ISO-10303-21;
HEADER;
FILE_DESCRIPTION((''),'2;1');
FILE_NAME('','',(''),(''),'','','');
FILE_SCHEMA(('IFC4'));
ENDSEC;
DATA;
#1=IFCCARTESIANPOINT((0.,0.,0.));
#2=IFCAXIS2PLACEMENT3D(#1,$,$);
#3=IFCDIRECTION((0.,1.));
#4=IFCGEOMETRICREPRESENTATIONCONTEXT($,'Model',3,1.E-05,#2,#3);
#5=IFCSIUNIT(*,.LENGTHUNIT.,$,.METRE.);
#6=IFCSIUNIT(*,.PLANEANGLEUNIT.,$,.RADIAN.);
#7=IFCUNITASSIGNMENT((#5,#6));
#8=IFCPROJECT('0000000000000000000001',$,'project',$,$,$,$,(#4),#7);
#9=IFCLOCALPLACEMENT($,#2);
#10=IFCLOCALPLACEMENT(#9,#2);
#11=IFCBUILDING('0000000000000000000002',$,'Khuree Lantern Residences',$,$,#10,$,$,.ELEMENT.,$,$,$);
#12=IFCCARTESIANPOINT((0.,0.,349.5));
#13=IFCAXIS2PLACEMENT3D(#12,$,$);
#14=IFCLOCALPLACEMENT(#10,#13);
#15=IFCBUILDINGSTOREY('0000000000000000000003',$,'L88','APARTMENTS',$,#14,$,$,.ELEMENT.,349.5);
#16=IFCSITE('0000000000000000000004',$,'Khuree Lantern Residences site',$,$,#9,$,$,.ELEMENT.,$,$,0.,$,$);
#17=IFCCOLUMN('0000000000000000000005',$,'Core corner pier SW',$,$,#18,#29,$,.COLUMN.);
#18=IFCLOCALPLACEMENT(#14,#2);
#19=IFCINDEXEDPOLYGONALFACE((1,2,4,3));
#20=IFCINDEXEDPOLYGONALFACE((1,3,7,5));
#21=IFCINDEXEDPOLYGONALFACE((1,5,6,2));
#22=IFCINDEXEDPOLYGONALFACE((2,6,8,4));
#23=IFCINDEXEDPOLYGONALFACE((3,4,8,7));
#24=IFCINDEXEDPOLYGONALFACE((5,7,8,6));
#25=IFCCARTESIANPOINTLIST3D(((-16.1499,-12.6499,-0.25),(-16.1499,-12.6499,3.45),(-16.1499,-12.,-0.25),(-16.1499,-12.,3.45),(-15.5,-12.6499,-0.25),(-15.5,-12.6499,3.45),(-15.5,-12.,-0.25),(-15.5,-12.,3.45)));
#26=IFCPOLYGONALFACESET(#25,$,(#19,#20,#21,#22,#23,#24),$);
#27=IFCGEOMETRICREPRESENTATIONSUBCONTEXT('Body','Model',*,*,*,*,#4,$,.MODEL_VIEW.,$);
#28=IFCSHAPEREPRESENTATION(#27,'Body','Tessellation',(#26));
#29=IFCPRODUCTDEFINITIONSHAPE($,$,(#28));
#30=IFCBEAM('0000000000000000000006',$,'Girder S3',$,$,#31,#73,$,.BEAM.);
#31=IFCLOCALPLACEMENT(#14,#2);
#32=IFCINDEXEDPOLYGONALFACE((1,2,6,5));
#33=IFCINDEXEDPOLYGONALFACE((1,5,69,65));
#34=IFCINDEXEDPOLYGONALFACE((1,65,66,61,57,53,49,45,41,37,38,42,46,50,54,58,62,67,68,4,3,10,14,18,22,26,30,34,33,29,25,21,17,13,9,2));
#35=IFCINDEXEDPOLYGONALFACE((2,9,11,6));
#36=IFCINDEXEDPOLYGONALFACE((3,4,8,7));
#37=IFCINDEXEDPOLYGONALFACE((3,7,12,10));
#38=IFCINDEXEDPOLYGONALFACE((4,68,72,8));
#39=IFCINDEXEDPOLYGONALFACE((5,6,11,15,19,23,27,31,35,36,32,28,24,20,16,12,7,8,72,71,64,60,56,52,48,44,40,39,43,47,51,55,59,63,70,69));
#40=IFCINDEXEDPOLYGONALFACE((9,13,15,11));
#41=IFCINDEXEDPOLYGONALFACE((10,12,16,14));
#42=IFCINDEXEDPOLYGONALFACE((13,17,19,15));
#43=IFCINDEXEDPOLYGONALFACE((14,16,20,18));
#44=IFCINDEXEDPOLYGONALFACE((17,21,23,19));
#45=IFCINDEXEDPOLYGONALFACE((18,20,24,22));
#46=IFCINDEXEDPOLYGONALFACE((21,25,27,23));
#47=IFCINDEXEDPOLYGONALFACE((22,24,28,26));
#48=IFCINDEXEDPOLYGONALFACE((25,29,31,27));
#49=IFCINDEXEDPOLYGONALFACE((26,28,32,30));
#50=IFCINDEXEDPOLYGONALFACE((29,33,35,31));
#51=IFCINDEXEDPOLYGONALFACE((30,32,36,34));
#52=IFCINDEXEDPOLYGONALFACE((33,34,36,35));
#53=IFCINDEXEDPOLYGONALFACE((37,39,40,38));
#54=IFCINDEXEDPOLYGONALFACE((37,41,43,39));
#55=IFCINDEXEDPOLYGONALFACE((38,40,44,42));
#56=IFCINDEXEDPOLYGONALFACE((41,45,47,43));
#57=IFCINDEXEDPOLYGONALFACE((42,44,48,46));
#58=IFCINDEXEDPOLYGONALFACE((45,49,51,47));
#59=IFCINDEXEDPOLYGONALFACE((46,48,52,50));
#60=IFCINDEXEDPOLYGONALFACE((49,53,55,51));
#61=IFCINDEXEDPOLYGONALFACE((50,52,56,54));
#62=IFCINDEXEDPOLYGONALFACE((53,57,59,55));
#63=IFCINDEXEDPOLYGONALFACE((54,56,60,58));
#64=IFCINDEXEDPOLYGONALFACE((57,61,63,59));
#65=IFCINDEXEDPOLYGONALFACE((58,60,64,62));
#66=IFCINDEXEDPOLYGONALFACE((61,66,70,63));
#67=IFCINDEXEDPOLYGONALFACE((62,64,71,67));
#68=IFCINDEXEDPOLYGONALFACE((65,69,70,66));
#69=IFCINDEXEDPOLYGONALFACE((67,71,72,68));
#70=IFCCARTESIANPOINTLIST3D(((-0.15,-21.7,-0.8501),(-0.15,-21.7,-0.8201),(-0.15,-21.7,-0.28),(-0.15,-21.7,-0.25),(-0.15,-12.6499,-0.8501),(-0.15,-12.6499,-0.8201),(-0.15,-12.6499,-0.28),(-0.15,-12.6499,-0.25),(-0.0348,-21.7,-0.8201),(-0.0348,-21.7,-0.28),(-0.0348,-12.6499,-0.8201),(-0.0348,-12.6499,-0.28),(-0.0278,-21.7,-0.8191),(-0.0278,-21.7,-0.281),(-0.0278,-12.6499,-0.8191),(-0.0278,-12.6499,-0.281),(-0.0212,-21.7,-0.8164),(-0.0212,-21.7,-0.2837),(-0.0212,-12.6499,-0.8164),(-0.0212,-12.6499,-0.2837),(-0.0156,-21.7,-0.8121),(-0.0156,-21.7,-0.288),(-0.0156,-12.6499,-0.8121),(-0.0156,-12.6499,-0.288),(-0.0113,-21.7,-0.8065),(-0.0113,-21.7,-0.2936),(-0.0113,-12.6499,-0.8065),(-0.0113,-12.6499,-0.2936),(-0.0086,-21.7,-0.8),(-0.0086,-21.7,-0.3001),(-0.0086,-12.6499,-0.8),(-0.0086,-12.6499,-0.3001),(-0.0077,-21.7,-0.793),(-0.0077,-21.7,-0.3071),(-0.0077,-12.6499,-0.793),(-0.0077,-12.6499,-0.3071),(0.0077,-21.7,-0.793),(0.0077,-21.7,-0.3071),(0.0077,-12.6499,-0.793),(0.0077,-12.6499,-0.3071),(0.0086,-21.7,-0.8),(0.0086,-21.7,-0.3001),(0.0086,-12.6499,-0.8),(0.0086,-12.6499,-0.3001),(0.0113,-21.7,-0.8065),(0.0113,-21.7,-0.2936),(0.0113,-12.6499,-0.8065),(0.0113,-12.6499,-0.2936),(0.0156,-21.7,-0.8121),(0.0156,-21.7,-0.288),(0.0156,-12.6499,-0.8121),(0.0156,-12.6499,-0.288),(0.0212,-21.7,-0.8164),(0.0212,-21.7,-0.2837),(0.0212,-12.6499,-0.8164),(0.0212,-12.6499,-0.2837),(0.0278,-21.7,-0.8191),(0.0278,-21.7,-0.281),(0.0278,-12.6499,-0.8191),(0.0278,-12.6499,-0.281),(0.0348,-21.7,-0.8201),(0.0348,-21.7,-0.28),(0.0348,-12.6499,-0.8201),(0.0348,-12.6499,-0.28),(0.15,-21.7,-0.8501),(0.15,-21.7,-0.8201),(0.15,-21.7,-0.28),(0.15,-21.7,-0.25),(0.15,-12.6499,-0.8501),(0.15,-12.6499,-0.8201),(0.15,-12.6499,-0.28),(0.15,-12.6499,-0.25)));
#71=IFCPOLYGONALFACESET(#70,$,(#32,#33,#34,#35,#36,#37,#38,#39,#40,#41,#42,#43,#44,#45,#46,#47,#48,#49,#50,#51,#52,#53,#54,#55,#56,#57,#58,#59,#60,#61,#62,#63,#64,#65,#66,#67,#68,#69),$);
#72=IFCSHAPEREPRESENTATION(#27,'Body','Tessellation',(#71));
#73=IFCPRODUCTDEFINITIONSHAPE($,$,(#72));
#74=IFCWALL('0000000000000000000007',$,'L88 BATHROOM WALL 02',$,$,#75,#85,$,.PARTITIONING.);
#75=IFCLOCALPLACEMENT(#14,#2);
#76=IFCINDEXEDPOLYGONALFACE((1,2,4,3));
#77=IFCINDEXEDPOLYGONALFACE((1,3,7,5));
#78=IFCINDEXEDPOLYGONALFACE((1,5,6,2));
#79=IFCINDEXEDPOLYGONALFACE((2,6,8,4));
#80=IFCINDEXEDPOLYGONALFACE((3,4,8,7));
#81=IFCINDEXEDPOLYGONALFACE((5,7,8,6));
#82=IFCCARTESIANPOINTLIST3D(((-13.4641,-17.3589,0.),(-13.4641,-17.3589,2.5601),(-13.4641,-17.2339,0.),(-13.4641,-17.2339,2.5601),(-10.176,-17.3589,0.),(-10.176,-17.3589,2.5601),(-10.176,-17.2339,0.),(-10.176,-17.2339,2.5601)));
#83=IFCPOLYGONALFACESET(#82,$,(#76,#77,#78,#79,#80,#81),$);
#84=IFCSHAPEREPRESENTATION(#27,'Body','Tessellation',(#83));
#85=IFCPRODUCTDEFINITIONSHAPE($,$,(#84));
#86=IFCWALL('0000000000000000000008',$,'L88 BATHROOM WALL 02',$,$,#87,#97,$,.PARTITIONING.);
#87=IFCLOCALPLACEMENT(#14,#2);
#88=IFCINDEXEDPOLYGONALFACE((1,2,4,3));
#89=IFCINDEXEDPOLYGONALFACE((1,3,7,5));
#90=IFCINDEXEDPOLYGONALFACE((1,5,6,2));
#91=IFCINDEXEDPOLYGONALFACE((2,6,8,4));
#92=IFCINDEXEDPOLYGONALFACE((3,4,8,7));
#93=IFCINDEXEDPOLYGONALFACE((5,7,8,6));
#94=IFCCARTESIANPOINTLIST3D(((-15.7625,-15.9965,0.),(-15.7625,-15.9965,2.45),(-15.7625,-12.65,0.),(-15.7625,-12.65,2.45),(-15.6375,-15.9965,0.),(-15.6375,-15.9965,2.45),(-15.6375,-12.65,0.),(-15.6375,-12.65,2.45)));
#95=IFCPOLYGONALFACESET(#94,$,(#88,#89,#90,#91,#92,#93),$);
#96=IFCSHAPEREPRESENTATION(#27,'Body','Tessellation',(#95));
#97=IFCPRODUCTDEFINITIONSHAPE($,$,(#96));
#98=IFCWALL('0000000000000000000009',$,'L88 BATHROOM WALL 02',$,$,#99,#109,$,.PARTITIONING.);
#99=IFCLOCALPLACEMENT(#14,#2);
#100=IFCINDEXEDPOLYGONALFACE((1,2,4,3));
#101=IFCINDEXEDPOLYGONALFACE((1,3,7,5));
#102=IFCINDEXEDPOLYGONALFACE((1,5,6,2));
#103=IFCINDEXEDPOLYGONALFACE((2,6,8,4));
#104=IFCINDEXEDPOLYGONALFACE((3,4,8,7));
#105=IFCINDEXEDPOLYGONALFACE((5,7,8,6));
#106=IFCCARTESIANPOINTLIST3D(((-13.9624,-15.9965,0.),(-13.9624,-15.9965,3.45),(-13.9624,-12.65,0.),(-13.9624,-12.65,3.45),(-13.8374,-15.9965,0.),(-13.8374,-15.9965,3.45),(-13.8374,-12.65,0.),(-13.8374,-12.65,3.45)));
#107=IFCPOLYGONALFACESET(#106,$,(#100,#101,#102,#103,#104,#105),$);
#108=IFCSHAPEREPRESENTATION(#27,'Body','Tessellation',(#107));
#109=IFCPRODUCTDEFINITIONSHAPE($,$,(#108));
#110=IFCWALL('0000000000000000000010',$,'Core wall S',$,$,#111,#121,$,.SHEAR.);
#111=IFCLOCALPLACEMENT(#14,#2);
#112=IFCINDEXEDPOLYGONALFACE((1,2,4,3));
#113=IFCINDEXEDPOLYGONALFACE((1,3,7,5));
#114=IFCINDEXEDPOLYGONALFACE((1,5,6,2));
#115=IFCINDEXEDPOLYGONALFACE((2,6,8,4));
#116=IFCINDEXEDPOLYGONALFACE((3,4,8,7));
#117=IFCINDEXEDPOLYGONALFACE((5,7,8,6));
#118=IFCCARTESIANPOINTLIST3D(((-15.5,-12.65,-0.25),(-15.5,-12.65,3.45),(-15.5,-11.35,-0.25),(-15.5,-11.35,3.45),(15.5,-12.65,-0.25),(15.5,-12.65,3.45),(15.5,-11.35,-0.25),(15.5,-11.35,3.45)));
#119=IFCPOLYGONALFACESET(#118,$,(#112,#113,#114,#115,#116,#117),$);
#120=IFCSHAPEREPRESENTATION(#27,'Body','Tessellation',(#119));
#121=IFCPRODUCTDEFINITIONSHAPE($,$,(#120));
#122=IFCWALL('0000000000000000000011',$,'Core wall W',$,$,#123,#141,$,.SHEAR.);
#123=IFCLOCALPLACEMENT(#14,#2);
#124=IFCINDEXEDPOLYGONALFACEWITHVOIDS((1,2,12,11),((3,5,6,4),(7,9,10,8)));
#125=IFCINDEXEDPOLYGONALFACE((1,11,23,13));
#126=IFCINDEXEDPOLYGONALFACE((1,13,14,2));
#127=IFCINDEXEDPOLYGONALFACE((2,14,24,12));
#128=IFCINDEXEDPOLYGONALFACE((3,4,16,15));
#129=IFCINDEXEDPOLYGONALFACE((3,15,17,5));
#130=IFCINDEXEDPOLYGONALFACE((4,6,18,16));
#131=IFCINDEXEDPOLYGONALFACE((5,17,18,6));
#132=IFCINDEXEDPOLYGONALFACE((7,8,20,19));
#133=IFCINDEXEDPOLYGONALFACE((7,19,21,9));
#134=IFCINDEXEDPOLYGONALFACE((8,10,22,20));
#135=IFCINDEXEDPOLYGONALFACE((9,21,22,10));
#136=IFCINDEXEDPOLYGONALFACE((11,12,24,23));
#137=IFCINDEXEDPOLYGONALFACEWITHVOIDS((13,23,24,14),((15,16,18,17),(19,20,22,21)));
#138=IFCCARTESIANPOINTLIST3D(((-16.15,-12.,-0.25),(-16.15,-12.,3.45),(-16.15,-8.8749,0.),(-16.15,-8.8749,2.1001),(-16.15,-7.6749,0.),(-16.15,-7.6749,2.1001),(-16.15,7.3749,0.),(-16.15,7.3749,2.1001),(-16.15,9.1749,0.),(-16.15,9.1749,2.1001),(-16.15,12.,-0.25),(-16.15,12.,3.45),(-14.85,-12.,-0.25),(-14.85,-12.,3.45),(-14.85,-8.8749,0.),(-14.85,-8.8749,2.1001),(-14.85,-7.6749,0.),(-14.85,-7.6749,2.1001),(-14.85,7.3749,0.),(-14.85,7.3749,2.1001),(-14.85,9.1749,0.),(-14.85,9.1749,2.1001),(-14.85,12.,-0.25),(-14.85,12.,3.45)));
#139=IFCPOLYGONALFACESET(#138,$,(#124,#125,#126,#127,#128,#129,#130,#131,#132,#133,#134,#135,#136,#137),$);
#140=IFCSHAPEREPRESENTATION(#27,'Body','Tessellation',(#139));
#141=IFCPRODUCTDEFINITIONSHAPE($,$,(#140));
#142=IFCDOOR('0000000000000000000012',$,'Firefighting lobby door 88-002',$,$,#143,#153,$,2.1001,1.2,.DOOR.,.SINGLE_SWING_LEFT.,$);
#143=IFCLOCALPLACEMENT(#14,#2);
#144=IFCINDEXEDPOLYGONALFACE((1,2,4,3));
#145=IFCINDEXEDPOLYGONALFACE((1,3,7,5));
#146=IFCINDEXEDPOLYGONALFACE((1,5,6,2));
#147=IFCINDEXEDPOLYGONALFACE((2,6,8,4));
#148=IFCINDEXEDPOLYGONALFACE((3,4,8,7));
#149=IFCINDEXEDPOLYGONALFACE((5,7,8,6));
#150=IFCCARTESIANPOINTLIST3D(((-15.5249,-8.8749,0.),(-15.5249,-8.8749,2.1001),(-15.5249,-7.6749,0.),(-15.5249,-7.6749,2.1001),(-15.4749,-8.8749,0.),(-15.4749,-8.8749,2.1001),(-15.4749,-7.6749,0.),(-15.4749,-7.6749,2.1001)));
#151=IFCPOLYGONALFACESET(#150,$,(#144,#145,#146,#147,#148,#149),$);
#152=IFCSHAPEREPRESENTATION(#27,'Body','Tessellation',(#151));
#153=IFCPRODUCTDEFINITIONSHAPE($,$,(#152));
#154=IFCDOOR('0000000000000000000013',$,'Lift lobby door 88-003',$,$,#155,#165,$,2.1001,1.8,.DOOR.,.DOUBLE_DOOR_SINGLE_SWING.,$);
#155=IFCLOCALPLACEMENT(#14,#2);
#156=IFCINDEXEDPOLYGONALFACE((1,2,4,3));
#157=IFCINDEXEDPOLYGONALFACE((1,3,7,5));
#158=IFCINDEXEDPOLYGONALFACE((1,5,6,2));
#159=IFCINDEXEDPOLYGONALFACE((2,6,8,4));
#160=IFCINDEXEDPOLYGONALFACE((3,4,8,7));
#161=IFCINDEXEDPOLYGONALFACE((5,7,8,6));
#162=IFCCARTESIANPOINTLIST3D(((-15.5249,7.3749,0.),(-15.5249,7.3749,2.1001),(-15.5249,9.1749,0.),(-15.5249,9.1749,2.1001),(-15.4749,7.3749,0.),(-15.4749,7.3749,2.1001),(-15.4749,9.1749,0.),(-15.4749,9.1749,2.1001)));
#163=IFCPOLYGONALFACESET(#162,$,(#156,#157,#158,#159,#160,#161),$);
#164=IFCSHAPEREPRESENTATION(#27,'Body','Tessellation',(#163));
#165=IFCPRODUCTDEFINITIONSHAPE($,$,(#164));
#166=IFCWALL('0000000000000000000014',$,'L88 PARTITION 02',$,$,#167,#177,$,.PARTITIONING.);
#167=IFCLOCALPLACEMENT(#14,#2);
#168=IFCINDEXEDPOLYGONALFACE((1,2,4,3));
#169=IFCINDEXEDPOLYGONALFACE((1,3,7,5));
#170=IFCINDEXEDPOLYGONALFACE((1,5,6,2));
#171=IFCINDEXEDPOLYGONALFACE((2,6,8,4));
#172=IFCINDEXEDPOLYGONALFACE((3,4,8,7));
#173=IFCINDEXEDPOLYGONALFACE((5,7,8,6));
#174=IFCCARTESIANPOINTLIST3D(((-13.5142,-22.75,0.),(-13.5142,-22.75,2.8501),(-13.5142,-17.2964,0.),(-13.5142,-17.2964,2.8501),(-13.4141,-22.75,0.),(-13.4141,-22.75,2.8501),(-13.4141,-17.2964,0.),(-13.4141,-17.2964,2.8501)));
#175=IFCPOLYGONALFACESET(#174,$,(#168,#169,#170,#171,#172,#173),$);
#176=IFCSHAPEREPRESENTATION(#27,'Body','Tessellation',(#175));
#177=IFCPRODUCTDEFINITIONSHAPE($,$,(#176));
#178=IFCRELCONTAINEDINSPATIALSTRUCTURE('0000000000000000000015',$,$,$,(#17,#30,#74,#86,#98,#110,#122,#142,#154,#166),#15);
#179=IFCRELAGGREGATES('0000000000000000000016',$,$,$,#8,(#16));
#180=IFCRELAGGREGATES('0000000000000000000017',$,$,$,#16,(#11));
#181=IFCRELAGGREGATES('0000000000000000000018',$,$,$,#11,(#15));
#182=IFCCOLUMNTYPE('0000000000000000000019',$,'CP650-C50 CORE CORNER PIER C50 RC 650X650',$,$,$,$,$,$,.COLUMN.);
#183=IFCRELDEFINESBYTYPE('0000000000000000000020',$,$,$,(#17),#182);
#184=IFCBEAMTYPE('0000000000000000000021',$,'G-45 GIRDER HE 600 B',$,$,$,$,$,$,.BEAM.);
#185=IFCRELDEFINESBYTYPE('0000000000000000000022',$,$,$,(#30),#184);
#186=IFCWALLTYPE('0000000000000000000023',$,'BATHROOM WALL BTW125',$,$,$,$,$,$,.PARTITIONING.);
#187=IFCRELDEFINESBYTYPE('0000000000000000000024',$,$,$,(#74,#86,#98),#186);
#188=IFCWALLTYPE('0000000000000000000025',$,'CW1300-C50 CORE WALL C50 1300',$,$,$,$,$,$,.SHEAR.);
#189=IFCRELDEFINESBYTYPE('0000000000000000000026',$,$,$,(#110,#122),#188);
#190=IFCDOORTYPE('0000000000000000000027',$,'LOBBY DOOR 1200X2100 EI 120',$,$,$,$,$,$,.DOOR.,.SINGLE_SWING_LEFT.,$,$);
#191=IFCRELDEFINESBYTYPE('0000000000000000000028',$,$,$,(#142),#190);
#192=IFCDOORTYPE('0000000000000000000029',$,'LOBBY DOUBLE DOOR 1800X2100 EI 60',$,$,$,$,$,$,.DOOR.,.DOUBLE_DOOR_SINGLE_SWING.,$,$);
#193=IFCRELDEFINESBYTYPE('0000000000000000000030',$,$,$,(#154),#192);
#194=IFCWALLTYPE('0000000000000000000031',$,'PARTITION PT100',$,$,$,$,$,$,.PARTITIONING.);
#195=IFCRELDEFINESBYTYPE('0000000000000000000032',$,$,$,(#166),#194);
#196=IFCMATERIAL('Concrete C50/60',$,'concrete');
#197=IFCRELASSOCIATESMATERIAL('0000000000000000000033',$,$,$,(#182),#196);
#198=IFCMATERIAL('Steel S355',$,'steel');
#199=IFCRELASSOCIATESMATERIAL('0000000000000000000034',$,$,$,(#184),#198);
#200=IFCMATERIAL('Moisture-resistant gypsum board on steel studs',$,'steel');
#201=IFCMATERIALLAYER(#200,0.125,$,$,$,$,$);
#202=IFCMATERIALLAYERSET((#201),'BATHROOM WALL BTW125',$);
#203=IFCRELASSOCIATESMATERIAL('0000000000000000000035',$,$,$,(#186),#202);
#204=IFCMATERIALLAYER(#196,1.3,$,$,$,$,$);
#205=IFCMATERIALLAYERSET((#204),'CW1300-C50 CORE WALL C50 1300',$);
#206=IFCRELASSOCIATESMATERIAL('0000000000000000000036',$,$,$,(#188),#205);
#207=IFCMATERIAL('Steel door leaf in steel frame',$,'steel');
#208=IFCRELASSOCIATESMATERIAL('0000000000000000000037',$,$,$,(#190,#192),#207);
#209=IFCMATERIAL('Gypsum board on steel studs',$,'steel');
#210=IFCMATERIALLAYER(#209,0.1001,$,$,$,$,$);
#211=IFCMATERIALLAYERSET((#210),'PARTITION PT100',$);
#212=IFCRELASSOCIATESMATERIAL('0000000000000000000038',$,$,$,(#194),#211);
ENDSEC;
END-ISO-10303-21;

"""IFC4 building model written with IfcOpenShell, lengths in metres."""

from ifc_helpers import new_model, si_unit, direction, frame, frame_2d, origin, origin_2d, place, context, subcontext, project, spatial, rectangle, i_section, extrude, material, layer, layer_set, material_profile, profile_set, type_object, element, fill, save


model = new_model("IFC4")

# Units and contexts
model_context = context("Model", 3, precision=1e-05, world=origin(), true_north=direction((0.0, 1.0)))
body_context = subcontext(model_context, "Body", "Model", "MODEL_VIEW")
ifc_project = project(units=[si_unit("LENGTHUNIT", "METRE"), si_unit("PLANEANGLEUNIT", "RADIAN")], contexts=[model_context])

# Site, building, storey
site_placement = place(None, origin())
site = spatial("IfcSite", under=ifc_project, at=site_placement, Name="Khuree Lantern Residences site", CompositionType="ELEMENT", RefElevation=0.0)
building_placement = place(site_placement, origin())
building = spatial("IfcBuilding", under=site, at=building_placement, Name="Khuree Lantern Residences", CompositionType="ELEMENT")
storey_placement = place(building_placement, frame((0.0, 0.0, 349.5)))
storey = spatial("IfcBuildingStorey", under=building, at=storey_placement, Name="L88", Description="APARTMENTS", CompositionType="ELEMENT", Elevation=349.5)

# Column
ifc_material_1 = material(Name="Concrete C50/60", Category="concrete")
ifc_material_profile_1 = material_profile(ifc_material_1, rectangle(XDim=0.6499, YDim=0.6499, at=origin_2d()), Name="RC 650X650")
ifc_profile_set_1 = profile_set([ifc_material_profile_1], Name="Concrete C50/60")
column_type = type_object("IfcColumnType", Name="CP650-C50 CORE CORNER PIER C50 RC 650X650", PredefinedType="COLUMN", material=ifc_profile_set_1)
column_placement = place(storey_placement, frame((-15.825, -12.325, -0.25), z_axis=(0.0, 0.0, 1.0), x_axis=(1.0, 0.0, 0.0)))
element("IfcColumn", 1, at=column_placement, inside=storey, type_object=column_type, Name="Core corner pier SW", PredefinedType="COLUMN", context=body_context, shape_type="SweptSolid", body=[
    extrude(rectangle(XDim=0.6499, YDim=0.6499, at=origin_2d()), origin(), (0.0, 0.0, 1.0), 3.7),
])

# Beam
ifc_material_2 = material(Name="Steel S355", Category="steel")
ifc_material_profile_2 = material_profile(ifc_material_2, i_section(OverallWidth=0.3, OverallDepth=0.6001, WebThickness=0.0154, FlangeThickness=0.03, FilletRadius=0.0271, at=origin_2d()), Name="HE 600 B")
ifc_profile_set_2 = profile_set([ifc_material_profile_2], Name="Steel S355")
beam_type = type_object("IfcBeamType", Name="G-45 GIRDER HE 600 B", PredefinedType="BEAM", material=ifc_profile_set_2)
beam_placement = place(storey_placement, frame((0.0, -21.7, -0.55), z_axis=(0.0, 1.0, 0.0), x_axis=(-1.0, 0.0, 0.0)))
element("IfcBeam", 2, at=beam_placement, inside=storey, type_object=beam_type, Name="Girder S3", PredefinedType="BEAM", context=body_context, shape_type="SweptSolid", body=[
    extrude(i_section(OverallWidth=0.3, OverallDepth=0.6001, WebThickness=0.0154, FlangeThickness=0.03, FilletRadius=0.0271, at=origin_2d()), origin(), (0.0, 0.0, 1.0), 9.05),
])

# Walls
ifc_material_3 = material(Name="Moisture-resistant gypsum board on steel studs", Category="steel")
ifc_layer_1 = layer(ifc_material_3, 0.125)
ifc_layer_set_1 = layer_set([ifc_layer_1], Name="BATHROOM WALL BTW125")
wall_type_1 = type_object("IfcWallType", Name="BATHROOM WALL BTW125", PredefinedType="PARTITIONING", material=ifc_layer_set_1)
wall_1_placement = place(storey_placement, frame((-13.4641, -17.2964, 0.0), z_axis=(0.0, 0.0, 1.0), x_axis=(1.0, 0.0, 0.0)))
element("IfcWall", 3, at=wall_1_placement, inside=storey, type_object=wall_type_1, Name="L88 BATHROOM WALL 02", PredefinedType="PARTITIONING", context=body_context, shape_type="SweptSolid", body=[
    extrude(rectangle(XDim=3.2881, YDim=0.125, at=frame_2d((1.644, 0.0))), origin(), (0.0, 0.0, 1.0), 2.5601),
])
wall_2_placement = place(storey_placement, frame((-15.7, -12.6499, 0.0), z_axis=(0.0, 0.0, 1.0), x_axis=(0.0, -1.0, 0.0)))
element("IfcWall", 4, at=wall_2_placement, inside=storey, type_object=wall_type_1, Name="L88 BATHROOM WALL 02", PredefinedType="PARTITIONING", context=body_context, shape_type="SweptSolid", body=[
    extrude(rectangle(XDim=3.3464, YDim=0.125, at=frame_2d((1.6733, 0.0))), origin(), (0.0, 0.0, 1.0), 2.45),
])
wall_3_placement = place(storey_placement, frame((-13.8999, -12.6499, 0.0), z_axis=(0.0, 0.0, 1.0), x_axis=(0.0, -1.0, 0.0)))
element("IfcWall", 5, at=wall_3_placement, inside=storey, type_object=wall_type_1, Name="L88 BATHROOM WALL 02", PredefinedType="PARTITIONING", context=body_context, shape_type="SweptSolid", body=[
    extrude(rectangle(XDim=3.3464, YDim=0.125, at=frame_2d((1.6733, 0.0))), origin(), (0.0, 0.0, 1.0), 3.45),
])
ifc_layer_2 = layer(ifc_material_1, 1.3)
ifc_layer_set_2 = layer_set([ifc_layer_2], Name="CW1300-C50 CORE WALL C50 1300")
wall_type_2 = type_object("IfcWallType", Name="CW1300-C50 CORE WALL C50 1300", PredefinedType="SHEAR", material=ifc_layer_set_2)
wall_4_placement = place(storey_placement, frame((-15.5, -12.0, -0.25), z_axis=(0.0, 0.0, 1.0), x_axis=(1.0, 0.0, 0.0)))
element("IfcWall", 6, at=wall_4_placement, inside=storey, type_object=wall_type_2, Name="Core wall S", PredefinedType="SHEAR", context=body_context, shape_type="SweptSolid", body=[
    extrude(rectangle(XDim=31.0, YDim=1.3, at=frame_2d((15.5, 0.0))), origin(), (0.0, 0.0, 1.0), 3.7),
])

# Wall, openings, doors
wall_5_placement = place(storey_placement, frame((-15.5, -12.0, -0.25), z_axis=(0.0, 0.0, 1.0), x_axis=(0.0, 1.0, 0.0)))
wall_5 = element("IfcWall", 7, at=wall_5_placement, inside=storey, type_object=wall_type_2, Name="Core wall W", PredefinedType="SHEAR", context=body_context, shape_type="SweptSolid", body=[
    extrude(rectangle(XDim=24.0, YDim=1.3, at=frame_2d((12.0, 0.0))), origin(), (0.0, 0.0, 1.0), 3.7),
])
opening_1_placement = place(wall_5_placement, frame((3.125, 0.0, 0.25)))
opening_1 = element("IfcOpeningElement", 8, at=opening_1_placement, cuts=wall_5, PredefinedType="OPENING", context=body_context, shape_type="SweptSolid", body=[
    extrude(rectangle(XDim=1.2, YDim=2.1001, at=frame_2d((0.6001, 1.05))), frame((0.0, 0.6602, 0.0), z_axis=(0.0, -1.0, 0.0), x_axis=(1.0, 0.0, 0.0)), (0.0, 0.0, 1.0), 1.3201),
])
opening_2_placement = place(wall_5_placement, frame((19.375, 0.0, 0.25)))
opening_2 = element("IfcOpeningElement", 9, at=opening_2_placement, cuts=wall_5, PredefinedType="OPENING", context=body_context, shape_type="SweptSolid", body=[
    extrude(rectangle(XDim=1.8, YDim=2.1001, at=frame_2d((0.8999, 1.05))), frame((0.0, 0.6602, 0.0), z_axis=(0.0, -1.0, 0.0), x_axis=(1.0, 0.0, 0.0)), (0.0, 0.0, 1.0), 1.3201),
])
ifc_material_4 = material(Name="Steel door leaf in steel frame", Category="steel")
door_type_1 = type_object("IfcDoorType", Name="LOBBY DOOR 1200X2100 EI 120", OperationType="SINGLE_SWING_LEFT", PredefinedType="DOOR", material=ifc_material_4)
door_1_placement = place(opening_1_placement, origin())
door_1 = element("IfcDoor", 10, at=door_1_placement, inside=storey, type_object=door_type_1, Name="Firefighting lobby door 88-002", OperationType="SINGLE_SWING_LEFT", OverallHeight=2.1001, OverallWidth=1.2, PredefinedType="DOOR", context=body_context, shape_type="SweptSolid", body=[
    extrude(rectangle(XDim=1.2, YDim=2.1001, at=frame_2d((0.6001, 1.05))), frame((0.0, 0.0249, 0.0), z_axis=(0.0, -1.0, 0.0), x_axis=(1.0, 0.0, 0.0)), (0.0, 0.0, 1.0), 0.05),
])
fill(opening_1, door_1)
door_type_2 = type_object("IfcDoorType", Name="LOBBY DOUBLE DOOR 1800X2100 EI 60", OperationType="DOUBLE_DOOR_SINGLE_SWING", PredefinedType="DOOR", material=ifc_material_4)
door_2_placement = place(opening_2_placement, origin())
door_2 = element("IfcDoor", 11, at=door_2_placement, inside=storey, type_object=door_type_2, Name="Lift lobby door 88-003", OperationType="DOUBLE_DOOR_SINGLE_SWING", OverallHeight=2.1001, OverallWidth=1.8, PredefinedType="DOOR", context=body_context, shape_type="SweptSolid", body=[
    extrude(rectangle(XDim=1.8, YDim=2.1001, at=frame_2d((0.8999, 1.05))), frame((0.0, 0.0249, 0.0), z_axis=(0.0, -1.0, 0.0), x_axis=(1.0, 0.0, 0.0)), (0.0, 0.0, 1.0), 0.05),
])
fill(opening_2, door_2)

# Wall
ifc_material_5 = material(Name="Gypsum board on steel studs", Category="steel")
ifc_layer_3 = layer(ifc_material_5, 0.1001)
ifc_layer_set_3 = layer_set([ifc_layer_3], Name="PARTITION PT100")
wall_type_3 = type_object("IfcWallType", Name="PARTITION PT100", PredefinedType="PARTITIONING", material=ifc_layer_set_3)
for number, where, z_axis, x_axis, name in (
    (12, (-13.4641, -17.2964, 0.0), (0.0, 0.0, 1.0), (0.0, -1.0, 0.0), "L88 PARTITION 02"),
):
    element("IfcWall", number, at=place(storey_placement, frame(where, z_axis=z_axis, x_axis=x_axis)), inside=storey, type_object=wall_type_3, Name=name, PredefinedType="PARTITIONING", context=body_context, shape_type="SweptSolid", body=[
        extrude(rectangle(XDim=5.4536, YDim=0.1001, at=frame_2d((2.7268, 0.0))), origin(), (0.0, 0.0, 1.0), 2.8501),
    ])

save(model, "model.ifc")
